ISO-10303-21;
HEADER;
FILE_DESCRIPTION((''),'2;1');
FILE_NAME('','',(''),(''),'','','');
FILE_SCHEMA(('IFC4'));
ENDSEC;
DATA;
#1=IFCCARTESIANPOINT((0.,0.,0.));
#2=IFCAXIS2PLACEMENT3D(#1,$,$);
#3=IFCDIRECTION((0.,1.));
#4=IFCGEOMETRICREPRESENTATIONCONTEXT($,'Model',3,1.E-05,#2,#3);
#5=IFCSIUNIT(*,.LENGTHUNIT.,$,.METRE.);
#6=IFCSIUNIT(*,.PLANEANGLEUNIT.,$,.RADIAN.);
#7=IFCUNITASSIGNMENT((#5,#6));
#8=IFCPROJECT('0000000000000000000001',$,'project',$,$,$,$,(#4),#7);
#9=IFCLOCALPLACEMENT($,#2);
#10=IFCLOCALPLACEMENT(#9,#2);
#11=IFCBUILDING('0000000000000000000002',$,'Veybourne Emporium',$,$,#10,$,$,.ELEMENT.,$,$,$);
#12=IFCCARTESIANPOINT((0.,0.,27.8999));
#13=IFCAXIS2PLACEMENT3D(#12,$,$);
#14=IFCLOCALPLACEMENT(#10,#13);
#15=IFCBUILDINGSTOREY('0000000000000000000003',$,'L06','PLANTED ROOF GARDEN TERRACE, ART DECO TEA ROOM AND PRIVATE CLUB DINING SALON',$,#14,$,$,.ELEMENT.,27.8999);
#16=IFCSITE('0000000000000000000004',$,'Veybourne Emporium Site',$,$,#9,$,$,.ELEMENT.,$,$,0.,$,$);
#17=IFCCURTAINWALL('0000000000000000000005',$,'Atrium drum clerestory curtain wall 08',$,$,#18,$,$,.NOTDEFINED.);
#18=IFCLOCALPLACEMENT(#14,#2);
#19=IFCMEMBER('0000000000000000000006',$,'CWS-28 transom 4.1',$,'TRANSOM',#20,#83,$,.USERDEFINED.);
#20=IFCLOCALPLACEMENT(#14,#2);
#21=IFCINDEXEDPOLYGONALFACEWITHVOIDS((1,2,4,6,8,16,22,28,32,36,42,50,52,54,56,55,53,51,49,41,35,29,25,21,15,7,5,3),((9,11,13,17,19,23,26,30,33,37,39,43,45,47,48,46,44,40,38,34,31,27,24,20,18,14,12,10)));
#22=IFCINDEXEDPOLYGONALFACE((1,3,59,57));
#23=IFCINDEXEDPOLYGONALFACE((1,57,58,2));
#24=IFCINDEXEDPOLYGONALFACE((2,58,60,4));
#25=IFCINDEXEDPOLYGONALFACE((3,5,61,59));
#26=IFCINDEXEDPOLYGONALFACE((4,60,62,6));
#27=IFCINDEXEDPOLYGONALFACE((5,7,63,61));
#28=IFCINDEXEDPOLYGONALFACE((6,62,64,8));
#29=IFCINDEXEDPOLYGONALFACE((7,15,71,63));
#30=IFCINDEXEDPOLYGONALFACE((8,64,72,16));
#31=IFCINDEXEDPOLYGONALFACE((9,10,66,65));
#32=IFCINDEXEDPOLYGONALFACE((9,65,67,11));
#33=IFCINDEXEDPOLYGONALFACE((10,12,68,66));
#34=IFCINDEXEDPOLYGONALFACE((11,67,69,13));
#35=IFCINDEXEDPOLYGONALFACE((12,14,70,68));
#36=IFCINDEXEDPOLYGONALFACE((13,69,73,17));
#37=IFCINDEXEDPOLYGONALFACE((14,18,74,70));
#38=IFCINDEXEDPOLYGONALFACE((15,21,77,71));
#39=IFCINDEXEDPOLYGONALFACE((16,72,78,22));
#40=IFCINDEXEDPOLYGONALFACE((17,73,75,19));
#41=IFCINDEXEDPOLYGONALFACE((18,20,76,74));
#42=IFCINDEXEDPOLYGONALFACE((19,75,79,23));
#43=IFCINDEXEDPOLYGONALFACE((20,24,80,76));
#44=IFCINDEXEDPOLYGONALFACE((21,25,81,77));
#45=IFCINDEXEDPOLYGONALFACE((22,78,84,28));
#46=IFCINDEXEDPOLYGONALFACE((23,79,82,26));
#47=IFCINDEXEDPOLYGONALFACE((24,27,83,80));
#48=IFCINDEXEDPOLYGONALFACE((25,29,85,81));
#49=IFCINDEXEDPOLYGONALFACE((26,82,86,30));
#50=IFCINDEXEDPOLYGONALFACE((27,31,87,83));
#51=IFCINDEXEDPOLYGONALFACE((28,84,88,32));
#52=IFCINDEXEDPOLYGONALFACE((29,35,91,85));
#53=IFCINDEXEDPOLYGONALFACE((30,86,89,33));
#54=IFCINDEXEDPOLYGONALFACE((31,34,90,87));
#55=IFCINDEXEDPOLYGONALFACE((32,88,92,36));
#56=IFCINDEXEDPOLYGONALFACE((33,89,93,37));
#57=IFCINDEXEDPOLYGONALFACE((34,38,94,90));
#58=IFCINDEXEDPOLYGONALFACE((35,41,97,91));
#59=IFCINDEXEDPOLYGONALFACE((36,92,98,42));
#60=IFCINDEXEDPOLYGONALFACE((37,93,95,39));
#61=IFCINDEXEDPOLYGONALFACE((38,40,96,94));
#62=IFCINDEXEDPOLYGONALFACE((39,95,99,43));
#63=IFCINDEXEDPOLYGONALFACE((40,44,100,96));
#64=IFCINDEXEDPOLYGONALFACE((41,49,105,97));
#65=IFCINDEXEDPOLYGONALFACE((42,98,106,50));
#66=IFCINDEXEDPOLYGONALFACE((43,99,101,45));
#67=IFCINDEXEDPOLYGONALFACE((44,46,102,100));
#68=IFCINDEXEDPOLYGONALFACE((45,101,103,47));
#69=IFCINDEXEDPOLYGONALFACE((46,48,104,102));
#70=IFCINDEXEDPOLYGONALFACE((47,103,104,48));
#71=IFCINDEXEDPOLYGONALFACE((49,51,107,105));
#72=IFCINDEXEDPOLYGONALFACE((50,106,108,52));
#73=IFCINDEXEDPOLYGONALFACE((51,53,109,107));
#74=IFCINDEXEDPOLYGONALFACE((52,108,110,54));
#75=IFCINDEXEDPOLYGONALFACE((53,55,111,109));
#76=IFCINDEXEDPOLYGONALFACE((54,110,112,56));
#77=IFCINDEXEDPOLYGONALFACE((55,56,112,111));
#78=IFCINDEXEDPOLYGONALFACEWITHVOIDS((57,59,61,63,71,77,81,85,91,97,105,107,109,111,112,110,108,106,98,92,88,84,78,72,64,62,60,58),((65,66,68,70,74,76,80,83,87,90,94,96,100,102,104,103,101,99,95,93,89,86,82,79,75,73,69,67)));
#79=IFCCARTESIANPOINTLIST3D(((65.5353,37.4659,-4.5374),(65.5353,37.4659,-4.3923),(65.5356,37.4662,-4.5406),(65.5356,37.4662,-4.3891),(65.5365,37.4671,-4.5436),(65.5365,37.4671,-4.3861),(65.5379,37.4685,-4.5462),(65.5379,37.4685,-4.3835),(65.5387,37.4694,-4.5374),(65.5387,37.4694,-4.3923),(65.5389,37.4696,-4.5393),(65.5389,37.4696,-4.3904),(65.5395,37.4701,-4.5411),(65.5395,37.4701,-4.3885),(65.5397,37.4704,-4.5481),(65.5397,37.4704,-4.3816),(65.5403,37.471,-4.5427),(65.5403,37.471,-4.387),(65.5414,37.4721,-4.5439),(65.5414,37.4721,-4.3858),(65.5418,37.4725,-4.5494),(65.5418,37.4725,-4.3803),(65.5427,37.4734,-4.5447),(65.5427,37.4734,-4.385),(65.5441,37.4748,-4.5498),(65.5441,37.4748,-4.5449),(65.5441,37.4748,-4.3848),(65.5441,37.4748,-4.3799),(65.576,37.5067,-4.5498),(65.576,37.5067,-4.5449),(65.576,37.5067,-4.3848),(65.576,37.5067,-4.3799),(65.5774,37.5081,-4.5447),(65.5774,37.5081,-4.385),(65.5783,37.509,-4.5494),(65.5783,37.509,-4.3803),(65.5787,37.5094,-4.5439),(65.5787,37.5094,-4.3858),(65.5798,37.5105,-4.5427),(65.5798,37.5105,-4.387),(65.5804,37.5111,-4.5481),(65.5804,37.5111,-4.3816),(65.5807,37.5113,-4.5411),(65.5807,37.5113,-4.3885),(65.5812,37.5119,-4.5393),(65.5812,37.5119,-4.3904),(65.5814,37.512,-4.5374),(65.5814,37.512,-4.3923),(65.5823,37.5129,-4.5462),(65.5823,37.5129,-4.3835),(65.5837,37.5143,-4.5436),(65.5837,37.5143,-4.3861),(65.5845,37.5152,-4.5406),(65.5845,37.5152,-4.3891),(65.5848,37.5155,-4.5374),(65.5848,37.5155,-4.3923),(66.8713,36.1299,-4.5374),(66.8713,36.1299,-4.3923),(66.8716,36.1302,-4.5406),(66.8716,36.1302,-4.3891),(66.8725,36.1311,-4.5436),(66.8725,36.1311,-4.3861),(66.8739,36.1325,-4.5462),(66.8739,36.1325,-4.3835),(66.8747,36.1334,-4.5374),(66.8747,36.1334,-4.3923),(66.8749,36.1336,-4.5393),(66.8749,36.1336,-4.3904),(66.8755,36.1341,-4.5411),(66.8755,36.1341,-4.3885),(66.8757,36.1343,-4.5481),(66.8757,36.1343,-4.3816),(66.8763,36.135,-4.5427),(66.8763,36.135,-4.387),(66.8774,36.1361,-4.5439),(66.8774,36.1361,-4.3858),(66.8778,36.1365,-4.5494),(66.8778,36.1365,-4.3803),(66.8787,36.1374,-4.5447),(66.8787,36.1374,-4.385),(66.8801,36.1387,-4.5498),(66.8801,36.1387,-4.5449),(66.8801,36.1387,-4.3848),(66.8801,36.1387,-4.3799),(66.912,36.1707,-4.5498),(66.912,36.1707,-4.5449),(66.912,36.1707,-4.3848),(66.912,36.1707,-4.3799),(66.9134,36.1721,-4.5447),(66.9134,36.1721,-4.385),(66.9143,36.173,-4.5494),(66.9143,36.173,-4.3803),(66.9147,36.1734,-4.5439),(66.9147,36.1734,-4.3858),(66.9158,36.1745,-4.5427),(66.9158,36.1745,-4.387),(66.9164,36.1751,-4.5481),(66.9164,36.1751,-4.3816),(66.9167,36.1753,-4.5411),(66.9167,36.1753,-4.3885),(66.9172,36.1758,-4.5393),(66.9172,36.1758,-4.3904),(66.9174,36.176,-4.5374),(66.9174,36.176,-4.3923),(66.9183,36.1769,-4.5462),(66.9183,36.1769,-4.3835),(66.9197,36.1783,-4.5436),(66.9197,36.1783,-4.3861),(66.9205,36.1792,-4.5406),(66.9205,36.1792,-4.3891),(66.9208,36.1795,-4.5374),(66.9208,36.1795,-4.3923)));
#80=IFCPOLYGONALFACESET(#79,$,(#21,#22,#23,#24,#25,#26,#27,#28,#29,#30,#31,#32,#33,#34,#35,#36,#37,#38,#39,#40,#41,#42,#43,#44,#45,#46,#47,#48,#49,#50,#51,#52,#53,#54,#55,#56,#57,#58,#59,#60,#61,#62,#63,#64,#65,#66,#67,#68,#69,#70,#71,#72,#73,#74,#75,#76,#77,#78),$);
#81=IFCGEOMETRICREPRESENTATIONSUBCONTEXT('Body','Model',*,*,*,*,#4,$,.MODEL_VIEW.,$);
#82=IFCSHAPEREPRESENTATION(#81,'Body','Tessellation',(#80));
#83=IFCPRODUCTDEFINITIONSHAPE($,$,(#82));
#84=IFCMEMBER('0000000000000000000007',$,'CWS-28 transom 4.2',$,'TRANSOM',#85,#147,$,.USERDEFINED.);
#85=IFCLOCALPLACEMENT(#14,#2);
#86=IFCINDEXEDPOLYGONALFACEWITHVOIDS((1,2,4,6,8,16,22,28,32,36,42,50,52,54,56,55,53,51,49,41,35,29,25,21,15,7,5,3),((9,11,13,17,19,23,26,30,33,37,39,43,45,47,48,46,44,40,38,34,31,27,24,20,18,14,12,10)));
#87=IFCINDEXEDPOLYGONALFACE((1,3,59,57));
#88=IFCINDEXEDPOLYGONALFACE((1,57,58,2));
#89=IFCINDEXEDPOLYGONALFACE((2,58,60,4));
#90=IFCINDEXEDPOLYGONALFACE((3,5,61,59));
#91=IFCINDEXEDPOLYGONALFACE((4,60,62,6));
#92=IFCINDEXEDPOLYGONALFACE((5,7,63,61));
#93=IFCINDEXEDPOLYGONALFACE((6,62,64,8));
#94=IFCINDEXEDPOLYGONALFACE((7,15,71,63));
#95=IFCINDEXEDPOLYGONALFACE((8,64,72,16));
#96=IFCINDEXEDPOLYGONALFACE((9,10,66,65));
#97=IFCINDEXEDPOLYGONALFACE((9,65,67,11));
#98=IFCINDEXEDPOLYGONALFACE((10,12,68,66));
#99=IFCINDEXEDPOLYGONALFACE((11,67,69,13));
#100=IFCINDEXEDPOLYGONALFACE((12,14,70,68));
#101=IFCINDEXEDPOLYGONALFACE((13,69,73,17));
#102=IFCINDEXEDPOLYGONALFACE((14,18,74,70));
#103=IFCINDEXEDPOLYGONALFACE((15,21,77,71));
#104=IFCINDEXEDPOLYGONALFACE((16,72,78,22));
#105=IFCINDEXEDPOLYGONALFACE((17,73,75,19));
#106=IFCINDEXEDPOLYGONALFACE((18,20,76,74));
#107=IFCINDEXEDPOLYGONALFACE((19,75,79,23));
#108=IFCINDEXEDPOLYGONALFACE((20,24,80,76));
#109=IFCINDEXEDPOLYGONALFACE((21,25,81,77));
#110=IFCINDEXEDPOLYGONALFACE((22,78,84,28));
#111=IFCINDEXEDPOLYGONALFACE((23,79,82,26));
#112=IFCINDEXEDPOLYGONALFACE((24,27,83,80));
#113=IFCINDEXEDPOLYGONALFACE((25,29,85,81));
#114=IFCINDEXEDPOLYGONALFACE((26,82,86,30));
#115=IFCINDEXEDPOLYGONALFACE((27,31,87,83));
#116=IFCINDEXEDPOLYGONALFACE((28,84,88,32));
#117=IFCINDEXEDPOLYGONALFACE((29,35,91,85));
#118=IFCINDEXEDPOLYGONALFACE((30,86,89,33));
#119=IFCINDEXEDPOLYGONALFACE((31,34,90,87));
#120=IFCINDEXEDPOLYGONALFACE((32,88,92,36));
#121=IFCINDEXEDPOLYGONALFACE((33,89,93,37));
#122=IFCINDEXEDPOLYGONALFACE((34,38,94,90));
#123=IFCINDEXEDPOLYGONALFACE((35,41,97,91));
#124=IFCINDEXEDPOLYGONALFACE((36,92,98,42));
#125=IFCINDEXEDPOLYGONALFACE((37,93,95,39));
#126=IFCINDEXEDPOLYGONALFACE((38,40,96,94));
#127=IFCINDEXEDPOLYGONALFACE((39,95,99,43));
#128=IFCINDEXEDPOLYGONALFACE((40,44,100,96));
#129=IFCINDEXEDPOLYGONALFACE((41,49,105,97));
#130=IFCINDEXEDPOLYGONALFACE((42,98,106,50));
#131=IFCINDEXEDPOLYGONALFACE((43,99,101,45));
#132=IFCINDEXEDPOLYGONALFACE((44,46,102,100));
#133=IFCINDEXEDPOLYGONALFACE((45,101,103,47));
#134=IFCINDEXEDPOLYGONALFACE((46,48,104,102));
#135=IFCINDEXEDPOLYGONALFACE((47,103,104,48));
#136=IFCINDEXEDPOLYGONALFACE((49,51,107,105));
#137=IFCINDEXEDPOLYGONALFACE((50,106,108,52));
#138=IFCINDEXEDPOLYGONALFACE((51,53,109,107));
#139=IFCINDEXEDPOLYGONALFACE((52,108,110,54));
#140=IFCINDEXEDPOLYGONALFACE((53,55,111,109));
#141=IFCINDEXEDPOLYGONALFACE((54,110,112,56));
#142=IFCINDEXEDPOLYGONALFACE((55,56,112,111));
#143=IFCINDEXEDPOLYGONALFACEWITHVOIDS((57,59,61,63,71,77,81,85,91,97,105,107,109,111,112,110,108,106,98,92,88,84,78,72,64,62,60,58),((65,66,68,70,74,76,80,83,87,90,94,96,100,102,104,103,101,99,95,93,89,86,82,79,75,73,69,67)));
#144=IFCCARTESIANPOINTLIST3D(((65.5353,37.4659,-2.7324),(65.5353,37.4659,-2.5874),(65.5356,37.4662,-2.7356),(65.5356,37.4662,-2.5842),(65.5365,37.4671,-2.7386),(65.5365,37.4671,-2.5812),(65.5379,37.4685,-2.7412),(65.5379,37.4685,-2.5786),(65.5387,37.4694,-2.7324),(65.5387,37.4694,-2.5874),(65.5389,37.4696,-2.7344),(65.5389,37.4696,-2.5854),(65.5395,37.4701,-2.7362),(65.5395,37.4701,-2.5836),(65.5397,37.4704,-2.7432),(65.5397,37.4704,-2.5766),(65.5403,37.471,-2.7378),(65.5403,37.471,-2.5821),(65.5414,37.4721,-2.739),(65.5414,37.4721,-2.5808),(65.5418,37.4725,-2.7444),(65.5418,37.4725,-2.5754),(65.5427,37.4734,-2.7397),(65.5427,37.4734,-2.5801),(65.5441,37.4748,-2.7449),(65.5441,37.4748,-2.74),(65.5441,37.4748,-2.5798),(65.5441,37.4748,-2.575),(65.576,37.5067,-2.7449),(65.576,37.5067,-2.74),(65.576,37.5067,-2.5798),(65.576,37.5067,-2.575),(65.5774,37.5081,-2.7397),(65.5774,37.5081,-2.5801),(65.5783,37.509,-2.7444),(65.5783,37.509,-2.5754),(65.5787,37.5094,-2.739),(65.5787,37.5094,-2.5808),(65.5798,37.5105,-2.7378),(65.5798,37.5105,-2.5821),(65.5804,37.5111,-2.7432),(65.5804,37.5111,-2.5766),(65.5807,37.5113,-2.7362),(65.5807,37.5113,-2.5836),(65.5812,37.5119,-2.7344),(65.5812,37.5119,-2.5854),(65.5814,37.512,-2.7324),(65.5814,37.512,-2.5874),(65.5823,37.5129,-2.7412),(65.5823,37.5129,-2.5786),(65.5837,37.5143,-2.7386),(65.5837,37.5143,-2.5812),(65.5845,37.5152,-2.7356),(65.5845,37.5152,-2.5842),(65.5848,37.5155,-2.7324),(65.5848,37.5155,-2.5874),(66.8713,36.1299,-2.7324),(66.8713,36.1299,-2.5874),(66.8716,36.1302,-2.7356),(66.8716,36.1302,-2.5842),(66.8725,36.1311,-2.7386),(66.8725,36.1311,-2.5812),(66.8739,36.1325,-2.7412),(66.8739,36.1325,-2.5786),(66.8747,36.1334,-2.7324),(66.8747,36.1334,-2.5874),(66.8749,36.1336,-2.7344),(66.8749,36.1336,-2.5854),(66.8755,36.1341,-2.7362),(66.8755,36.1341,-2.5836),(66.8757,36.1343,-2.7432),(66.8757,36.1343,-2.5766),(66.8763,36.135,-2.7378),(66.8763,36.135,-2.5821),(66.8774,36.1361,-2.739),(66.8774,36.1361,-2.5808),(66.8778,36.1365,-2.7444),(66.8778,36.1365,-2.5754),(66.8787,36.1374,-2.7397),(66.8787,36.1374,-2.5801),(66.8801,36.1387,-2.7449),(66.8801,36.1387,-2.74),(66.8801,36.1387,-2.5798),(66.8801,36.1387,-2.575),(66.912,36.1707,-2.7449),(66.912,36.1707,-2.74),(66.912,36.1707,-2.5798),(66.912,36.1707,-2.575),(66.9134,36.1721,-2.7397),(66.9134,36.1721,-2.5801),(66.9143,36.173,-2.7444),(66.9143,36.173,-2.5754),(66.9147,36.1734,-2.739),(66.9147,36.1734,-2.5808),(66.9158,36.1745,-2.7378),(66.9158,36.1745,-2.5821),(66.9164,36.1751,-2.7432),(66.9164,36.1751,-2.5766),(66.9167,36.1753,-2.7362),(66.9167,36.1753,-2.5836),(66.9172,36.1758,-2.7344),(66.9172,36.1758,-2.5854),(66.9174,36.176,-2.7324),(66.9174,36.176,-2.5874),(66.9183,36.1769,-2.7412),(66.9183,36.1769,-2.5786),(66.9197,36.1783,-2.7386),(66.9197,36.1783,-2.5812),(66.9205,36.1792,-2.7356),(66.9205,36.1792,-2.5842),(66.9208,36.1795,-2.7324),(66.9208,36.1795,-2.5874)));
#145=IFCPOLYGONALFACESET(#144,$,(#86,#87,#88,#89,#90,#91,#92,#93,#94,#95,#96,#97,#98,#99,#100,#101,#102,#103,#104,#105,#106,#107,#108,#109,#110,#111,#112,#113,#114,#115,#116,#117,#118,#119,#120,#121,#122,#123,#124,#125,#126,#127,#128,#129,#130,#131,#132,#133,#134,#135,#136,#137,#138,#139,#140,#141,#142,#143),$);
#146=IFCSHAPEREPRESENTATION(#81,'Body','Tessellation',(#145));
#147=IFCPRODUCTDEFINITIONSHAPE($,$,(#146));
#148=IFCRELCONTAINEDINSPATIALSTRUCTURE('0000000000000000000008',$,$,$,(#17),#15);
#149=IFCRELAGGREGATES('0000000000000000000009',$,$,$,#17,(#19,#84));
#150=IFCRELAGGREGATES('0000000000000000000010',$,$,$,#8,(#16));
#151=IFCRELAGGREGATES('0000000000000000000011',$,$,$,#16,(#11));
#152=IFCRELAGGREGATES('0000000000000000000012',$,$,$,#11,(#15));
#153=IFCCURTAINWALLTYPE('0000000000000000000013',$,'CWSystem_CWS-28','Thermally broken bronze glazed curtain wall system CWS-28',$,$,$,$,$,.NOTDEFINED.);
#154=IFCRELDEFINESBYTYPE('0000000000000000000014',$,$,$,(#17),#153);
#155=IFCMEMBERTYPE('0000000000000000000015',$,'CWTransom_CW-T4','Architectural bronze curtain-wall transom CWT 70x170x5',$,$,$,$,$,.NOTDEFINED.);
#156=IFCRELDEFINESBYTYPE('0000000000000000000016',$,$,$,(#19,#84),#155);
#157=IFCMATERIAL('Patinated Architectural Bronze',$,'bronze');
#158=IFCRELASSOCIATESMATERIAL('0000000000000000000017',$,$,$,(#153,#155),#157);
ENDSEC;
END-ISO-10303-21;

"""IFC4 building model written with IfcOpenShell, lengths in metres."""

from ifc_helpers import new_model, si_unit, direction, frame, origin, origin_2d, place, context, subcontext, project, spatial, hollow_rectangle, extrude, material, material_profile, profile_set, type_object, element, aggregate, save


model = new_model("IFC4")

# Units and contexts
model_context = context("Model", 3, precision=1e-05, world=origin(), true_north=direction((0.0, 1.0)))
body_context = subcontext(model_context, "Body", "Model", "MODEL_VIEW")
ifc_project = project(units=[si_unit("LENGTHUNIT", "METRE"), si_unit("PLANEANGLEUNIT", "RADIAN")], contexts=[model_context])

# Site, building, storey
site_placement = place(None, origin())
site = spatial("IfcSite", under=ifc_project, at=site_placement, Name="Veybourne Emporium Site", CompositionType="ELEMENT", RefElevation=0.0)
building_placement = place(site_placement, origin())
building = spatial("IfcBuilding", under=site, at=building_placement, Name="Veybourne Emporium", CompositionType="ELEMENT")
storey_placement = place(building_placement, frame((0.0, 0.0, 27.8999)))
storey = spatial("IfcBuildingStorey", under=building, at=storey_placement, Name="L06", Description="PLANTED ROOF GARDEN TERRACE, ART DECO TEA ROOM AND PRIVATE CLUB DINING SALON", CompositionType="ELEMENT", Elevation=27.8999)

# Curtain wall
ifc_material_1 = material(Name="Patinated Architectural Bronze", Category="bronze")
curtain_wall_type_1 = type_object("IfcCurtainWallType", Name="CWSystem_CWS-28", Description="Thermally broken bronze glazed curtain wall system CWS-28", PredefinedType="NOTDEFINED", material=ifc_material_1)
curtain_wall_1_placement = place(storey_placement, origin())
curtain_wall_1 = element("IfcCurtainWall", 1, at=curtain_wall_1_placement, inside=storey, type_object=curtain_wall_type_1, Name="Atrium drum clerestory curtain wall 08", PredefinedType="NOTDEFINED")

# Members
ifc_material_profile_1 = material_profile(ifc_material_1, hollow_rectangle(XDim=0.0701, YDim=0.1699, WallThickness=0.0049, InnerFilletRadius=0.0076, OuterFilletRadius=0.0125, at=origin_2d()), Name="CWT 70x170x5")
ifc_profile_set_1 = profile_set([ifc_material_profile_1], Name="Patinated Architectural Bronze")
member_type_1 = type_object("IfcMemberType", Name="CWTransom_CW-T4", Description="Architectural bronze curtain-wall transom CWT 70x170x5", PredefinedType="NOTDEFINED", material=ifc_profile_set_1)
member_1_placement = place(storey_placement, frame((65.5601, 37.4907, -4.4648), z_axis=(0.707107, -0.707107, 0.0), x_axis=(0.707107, 0.707107, 0.0)))
member_1 = element("IfcMember", 2, at=member_1_placement, type_object=member_type_1, Name="CWS-28 transom 4.1", ObjectType="TRANSOM", PredefinedType="USERDEFINED", context=body_context, shape_type="SweptSolid", body=[
    extrude(hollow_rectangle(XDim=0.0701, YDim=0.1699, WallThickness=0.0049, InnerFilletRadius=0.0076, OuterFilletRadius=0.0125, at=origin_2d()), origin(), (0.0, 0.0, 1.0), 1.8894),
])
member_2_placement = place(storey_placement, frame((65.5601, 37.4907, -2.6599), z_axis=(0.707107, -0.707107, 0.0), x_axis=(0.707107, 0.707107, 0.0)))
member_2 = element("IfcMember", 3, at=member_2_placement, type_object=member_type_1, Name="CWS-28 transom 4.2", ObjectType="TRANSOM", PredefinedType="USERDEFINED", context=body_context, shape_type="SweptSolid", body=[
    extrude(hollow_rectangle(XDim=0.0701, YDim=0.1699, WallThickness=0.0049, InnerFilletRadius=0.0076, OuterFilletRadius=0.0125, at=origin_2d()), origin(), (0.0, 0.0, 1.0), 1.8894),
])

aggregate(curtain_wall_1, [member_1, member_2])

save(model, "model.ifc")
